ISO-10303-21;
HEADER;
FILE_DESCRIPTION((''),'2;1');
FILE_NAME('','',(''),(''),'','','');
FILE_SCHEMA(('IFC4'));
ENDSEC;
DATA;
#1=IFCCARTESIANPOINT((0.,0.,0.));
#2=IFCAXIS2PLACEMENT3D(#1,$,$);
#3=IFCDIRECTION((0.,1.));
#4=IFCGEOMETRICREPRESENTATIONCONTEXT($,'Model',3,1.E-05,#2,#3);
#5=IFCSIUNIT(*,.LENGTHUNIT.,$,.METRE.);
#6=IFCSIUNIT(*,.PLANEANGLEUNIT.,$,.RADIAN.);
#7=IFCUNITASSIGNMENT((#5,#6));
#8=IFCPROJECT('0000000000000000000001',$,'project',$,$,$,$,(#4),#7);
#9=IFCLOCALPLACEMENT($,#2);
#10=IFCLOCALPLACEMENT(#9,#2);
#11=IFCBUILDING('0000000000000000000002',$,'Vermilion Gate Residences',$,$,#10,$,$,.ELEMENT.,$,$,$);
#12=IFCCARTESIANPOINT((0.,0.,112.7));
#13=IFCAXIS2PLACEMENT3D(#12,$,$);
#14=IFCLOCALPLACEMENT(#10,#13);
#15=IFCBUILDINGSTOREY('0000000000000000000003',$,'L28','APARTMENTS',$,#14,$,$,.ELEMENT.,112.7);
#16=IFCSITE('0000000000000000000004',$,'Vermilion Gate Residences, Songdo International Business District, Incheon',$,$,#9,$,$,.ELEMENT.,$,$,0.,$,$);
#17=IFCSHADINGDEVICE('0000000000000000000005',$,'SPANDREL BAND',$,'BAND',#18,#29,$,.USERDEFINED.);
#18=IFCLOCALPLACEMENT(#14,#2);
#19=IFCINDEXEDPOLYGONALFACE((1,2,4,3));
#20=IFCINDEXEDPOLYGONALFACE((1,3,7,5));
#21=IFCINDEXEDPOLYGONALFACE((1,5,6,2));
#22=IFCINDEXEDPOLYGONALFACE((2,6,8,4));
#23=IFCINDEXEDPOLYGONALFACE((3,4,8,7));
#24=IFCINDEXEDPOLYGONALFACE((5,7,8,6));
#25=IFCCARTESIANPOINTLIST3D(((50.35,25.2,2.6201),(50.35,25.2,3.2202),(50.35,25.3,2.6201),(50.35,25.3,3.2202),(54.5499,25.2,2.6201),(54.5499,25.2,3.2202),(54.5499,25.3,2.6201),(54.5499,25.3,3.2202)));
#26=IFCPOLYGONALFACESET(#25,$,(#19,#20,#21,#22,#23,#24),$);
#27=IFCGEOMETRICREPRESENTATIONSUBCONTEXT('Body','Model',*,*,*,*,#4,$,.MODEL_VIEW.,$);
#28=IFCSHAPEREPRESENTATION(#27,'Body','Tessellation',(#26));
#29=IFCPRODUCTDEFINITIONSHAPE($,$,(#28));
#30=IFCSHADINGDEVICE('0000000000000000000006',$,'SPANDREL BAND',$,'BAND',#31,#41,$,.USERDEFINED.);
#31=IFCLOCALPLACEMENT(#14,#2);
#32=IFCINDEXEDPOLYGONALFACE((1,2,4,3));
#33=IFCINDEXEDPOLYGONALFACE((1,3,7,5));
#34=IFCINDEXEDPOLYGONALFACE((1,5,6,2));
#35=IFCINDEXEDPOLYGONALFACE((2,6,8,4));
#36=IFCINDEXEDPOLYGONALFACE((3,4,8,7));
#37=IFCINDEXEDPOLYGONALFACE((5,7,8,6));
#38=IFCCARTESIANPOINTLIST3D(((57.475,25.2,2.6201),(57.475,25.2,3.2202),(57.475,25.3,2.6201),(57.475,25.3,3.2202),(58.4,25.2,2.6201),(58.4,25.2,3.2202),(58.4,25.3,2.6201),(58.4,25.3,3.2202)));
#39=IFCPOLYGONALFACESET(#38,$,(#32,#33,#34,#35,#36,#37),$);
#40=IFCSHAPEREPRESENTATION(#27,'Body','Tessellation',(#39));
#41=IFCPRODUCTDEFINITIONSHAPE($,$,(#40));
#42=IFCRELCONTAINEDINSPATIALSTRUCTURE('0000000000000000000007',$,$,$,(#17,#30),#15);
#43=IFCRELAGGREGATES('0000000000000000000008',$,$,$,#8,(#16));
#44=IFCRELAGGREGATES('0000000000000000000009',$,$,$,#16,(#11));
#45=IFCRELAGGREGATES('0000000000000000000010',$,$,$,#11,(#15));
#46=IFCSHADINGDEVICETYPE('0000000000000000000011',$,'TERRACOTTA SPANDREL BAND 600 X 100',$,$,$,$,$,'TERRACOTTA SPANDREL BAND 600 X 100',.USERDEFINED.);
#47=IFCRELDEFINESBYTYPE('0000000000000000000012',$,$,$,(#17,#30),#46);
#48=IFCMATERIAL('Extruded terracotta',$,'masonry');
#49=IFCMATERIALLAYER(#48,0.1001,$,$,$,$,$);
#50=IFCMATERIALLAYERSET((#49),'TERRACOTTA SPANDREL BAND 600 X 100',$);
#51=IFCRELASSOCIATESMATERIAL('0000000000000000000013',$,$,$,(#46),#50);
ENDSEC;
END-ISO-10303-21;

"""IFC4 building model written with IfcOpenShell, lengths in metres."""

from ifc_helpers import new_model, si_unit, direction, frame, origin, origin_2d, place, context, subcontext, project, spatial, rectangle, extrude, material, layer, layer_set, type_object, element, save


model = new_model("IFC4")

# Units and contexts
model_context = context("Model", 3, precision=1e-05, world=origin(), true_north=direction((0.0, 1.0)))
body_context = subcontext(model_context, "Body", "Model", "MODEL_VIEW")
ifc_project = project(units=[si_unit("LENGTHUNIT", "METRE"), si_unit("PLANEANGLEUNIT", "RADIAN")], contexts=[model_context])

# Site, building, storey
site_placement = place(None, origin())
site = spatial("IfcSite", under=ifc_project, at=site_placement, Name="Vermilion Gate Residences, Songdo International Business District, Incheon", CompositionType="ELEMENT", RefElevation=0.0)
building_placement = place(site_placement, origin())
building = spatial("IfcBuilding", under=site, at=building_placement, Name="Vermilion Gate Residences", CompositionType="ELEMENT")
storey_placement = place(building_placement, frame((0.0, 0.0, 112.7)))
storey = spatial("IfcBuildingStorey", under=building, at=storey_placement, Name="L28", Description="APARTMENTS", CompositionType="ELEMENT", Elevation=112.7)

# Shading devices
ifc_material_1 = material(Name="Extruded terracotta", Category="masonry")
ifc_layer_1 = layer(ifc_material_1, 0.1001)
ifc_layer_set_1 = layer_set([ifc_layer_1], Name="TERRACOTTA SPANDREL BAND 600 X 100")
shading_device_type_1 = type_object("IfcShadingDeviceType", Name="TERRACOTTA SPANDREL BAND 600 X 100", ElementType="TERRACOTTA SPANDREL BAND 600 X 100", PredefinedType="USERDEFINED", material=ifc_layer_set_1)
shading_device_1_placement = place(storey_placement, frame((52.45, 25.25, 2.6201), z_axis=(0.0, 0.0, 1.0), x_axis=(1.0, 0.0, 0.0)))
element("IfcShadingDevice", 1, at=shading_device_1_placement, inside=storey, type_object=shading_device_type_1, Name="SPANDREL BAND", ObjectType="BAND", PredefinedType="USERDEFINED", context=body_context, shape_type="SweptSolid", body=[
    extrude(rectangle(XDim=4.2, YDim=0.1001, at=origin_2d()), origin(), (0.0, 0.0, 1.0), 0.6001),
])
shading_device_2_placement = place(storey_placement, frame((57.9375, 25.25, 2.6201), z_axis=(0.0, 0.0, 1.0), x_axis=(1.0, 0.0, 0.0)))
element("IfcShadingDevice", 2, at=shading_device_2_placement, inside=storey, type_object=shading_device_type_1, Name="SPANDREL BAND", ObjectType="BAND", PredefinedType="USERDEFINED", context=body_context, shape_type="SweptSolid", body=[
    extrude(rectangle(XDim=0.925, YDim=0.1001, at=origin_2d()), origin(), (0.0, 0.0, 1.0), 0.6001),
])

save(model, "model.ifc")
